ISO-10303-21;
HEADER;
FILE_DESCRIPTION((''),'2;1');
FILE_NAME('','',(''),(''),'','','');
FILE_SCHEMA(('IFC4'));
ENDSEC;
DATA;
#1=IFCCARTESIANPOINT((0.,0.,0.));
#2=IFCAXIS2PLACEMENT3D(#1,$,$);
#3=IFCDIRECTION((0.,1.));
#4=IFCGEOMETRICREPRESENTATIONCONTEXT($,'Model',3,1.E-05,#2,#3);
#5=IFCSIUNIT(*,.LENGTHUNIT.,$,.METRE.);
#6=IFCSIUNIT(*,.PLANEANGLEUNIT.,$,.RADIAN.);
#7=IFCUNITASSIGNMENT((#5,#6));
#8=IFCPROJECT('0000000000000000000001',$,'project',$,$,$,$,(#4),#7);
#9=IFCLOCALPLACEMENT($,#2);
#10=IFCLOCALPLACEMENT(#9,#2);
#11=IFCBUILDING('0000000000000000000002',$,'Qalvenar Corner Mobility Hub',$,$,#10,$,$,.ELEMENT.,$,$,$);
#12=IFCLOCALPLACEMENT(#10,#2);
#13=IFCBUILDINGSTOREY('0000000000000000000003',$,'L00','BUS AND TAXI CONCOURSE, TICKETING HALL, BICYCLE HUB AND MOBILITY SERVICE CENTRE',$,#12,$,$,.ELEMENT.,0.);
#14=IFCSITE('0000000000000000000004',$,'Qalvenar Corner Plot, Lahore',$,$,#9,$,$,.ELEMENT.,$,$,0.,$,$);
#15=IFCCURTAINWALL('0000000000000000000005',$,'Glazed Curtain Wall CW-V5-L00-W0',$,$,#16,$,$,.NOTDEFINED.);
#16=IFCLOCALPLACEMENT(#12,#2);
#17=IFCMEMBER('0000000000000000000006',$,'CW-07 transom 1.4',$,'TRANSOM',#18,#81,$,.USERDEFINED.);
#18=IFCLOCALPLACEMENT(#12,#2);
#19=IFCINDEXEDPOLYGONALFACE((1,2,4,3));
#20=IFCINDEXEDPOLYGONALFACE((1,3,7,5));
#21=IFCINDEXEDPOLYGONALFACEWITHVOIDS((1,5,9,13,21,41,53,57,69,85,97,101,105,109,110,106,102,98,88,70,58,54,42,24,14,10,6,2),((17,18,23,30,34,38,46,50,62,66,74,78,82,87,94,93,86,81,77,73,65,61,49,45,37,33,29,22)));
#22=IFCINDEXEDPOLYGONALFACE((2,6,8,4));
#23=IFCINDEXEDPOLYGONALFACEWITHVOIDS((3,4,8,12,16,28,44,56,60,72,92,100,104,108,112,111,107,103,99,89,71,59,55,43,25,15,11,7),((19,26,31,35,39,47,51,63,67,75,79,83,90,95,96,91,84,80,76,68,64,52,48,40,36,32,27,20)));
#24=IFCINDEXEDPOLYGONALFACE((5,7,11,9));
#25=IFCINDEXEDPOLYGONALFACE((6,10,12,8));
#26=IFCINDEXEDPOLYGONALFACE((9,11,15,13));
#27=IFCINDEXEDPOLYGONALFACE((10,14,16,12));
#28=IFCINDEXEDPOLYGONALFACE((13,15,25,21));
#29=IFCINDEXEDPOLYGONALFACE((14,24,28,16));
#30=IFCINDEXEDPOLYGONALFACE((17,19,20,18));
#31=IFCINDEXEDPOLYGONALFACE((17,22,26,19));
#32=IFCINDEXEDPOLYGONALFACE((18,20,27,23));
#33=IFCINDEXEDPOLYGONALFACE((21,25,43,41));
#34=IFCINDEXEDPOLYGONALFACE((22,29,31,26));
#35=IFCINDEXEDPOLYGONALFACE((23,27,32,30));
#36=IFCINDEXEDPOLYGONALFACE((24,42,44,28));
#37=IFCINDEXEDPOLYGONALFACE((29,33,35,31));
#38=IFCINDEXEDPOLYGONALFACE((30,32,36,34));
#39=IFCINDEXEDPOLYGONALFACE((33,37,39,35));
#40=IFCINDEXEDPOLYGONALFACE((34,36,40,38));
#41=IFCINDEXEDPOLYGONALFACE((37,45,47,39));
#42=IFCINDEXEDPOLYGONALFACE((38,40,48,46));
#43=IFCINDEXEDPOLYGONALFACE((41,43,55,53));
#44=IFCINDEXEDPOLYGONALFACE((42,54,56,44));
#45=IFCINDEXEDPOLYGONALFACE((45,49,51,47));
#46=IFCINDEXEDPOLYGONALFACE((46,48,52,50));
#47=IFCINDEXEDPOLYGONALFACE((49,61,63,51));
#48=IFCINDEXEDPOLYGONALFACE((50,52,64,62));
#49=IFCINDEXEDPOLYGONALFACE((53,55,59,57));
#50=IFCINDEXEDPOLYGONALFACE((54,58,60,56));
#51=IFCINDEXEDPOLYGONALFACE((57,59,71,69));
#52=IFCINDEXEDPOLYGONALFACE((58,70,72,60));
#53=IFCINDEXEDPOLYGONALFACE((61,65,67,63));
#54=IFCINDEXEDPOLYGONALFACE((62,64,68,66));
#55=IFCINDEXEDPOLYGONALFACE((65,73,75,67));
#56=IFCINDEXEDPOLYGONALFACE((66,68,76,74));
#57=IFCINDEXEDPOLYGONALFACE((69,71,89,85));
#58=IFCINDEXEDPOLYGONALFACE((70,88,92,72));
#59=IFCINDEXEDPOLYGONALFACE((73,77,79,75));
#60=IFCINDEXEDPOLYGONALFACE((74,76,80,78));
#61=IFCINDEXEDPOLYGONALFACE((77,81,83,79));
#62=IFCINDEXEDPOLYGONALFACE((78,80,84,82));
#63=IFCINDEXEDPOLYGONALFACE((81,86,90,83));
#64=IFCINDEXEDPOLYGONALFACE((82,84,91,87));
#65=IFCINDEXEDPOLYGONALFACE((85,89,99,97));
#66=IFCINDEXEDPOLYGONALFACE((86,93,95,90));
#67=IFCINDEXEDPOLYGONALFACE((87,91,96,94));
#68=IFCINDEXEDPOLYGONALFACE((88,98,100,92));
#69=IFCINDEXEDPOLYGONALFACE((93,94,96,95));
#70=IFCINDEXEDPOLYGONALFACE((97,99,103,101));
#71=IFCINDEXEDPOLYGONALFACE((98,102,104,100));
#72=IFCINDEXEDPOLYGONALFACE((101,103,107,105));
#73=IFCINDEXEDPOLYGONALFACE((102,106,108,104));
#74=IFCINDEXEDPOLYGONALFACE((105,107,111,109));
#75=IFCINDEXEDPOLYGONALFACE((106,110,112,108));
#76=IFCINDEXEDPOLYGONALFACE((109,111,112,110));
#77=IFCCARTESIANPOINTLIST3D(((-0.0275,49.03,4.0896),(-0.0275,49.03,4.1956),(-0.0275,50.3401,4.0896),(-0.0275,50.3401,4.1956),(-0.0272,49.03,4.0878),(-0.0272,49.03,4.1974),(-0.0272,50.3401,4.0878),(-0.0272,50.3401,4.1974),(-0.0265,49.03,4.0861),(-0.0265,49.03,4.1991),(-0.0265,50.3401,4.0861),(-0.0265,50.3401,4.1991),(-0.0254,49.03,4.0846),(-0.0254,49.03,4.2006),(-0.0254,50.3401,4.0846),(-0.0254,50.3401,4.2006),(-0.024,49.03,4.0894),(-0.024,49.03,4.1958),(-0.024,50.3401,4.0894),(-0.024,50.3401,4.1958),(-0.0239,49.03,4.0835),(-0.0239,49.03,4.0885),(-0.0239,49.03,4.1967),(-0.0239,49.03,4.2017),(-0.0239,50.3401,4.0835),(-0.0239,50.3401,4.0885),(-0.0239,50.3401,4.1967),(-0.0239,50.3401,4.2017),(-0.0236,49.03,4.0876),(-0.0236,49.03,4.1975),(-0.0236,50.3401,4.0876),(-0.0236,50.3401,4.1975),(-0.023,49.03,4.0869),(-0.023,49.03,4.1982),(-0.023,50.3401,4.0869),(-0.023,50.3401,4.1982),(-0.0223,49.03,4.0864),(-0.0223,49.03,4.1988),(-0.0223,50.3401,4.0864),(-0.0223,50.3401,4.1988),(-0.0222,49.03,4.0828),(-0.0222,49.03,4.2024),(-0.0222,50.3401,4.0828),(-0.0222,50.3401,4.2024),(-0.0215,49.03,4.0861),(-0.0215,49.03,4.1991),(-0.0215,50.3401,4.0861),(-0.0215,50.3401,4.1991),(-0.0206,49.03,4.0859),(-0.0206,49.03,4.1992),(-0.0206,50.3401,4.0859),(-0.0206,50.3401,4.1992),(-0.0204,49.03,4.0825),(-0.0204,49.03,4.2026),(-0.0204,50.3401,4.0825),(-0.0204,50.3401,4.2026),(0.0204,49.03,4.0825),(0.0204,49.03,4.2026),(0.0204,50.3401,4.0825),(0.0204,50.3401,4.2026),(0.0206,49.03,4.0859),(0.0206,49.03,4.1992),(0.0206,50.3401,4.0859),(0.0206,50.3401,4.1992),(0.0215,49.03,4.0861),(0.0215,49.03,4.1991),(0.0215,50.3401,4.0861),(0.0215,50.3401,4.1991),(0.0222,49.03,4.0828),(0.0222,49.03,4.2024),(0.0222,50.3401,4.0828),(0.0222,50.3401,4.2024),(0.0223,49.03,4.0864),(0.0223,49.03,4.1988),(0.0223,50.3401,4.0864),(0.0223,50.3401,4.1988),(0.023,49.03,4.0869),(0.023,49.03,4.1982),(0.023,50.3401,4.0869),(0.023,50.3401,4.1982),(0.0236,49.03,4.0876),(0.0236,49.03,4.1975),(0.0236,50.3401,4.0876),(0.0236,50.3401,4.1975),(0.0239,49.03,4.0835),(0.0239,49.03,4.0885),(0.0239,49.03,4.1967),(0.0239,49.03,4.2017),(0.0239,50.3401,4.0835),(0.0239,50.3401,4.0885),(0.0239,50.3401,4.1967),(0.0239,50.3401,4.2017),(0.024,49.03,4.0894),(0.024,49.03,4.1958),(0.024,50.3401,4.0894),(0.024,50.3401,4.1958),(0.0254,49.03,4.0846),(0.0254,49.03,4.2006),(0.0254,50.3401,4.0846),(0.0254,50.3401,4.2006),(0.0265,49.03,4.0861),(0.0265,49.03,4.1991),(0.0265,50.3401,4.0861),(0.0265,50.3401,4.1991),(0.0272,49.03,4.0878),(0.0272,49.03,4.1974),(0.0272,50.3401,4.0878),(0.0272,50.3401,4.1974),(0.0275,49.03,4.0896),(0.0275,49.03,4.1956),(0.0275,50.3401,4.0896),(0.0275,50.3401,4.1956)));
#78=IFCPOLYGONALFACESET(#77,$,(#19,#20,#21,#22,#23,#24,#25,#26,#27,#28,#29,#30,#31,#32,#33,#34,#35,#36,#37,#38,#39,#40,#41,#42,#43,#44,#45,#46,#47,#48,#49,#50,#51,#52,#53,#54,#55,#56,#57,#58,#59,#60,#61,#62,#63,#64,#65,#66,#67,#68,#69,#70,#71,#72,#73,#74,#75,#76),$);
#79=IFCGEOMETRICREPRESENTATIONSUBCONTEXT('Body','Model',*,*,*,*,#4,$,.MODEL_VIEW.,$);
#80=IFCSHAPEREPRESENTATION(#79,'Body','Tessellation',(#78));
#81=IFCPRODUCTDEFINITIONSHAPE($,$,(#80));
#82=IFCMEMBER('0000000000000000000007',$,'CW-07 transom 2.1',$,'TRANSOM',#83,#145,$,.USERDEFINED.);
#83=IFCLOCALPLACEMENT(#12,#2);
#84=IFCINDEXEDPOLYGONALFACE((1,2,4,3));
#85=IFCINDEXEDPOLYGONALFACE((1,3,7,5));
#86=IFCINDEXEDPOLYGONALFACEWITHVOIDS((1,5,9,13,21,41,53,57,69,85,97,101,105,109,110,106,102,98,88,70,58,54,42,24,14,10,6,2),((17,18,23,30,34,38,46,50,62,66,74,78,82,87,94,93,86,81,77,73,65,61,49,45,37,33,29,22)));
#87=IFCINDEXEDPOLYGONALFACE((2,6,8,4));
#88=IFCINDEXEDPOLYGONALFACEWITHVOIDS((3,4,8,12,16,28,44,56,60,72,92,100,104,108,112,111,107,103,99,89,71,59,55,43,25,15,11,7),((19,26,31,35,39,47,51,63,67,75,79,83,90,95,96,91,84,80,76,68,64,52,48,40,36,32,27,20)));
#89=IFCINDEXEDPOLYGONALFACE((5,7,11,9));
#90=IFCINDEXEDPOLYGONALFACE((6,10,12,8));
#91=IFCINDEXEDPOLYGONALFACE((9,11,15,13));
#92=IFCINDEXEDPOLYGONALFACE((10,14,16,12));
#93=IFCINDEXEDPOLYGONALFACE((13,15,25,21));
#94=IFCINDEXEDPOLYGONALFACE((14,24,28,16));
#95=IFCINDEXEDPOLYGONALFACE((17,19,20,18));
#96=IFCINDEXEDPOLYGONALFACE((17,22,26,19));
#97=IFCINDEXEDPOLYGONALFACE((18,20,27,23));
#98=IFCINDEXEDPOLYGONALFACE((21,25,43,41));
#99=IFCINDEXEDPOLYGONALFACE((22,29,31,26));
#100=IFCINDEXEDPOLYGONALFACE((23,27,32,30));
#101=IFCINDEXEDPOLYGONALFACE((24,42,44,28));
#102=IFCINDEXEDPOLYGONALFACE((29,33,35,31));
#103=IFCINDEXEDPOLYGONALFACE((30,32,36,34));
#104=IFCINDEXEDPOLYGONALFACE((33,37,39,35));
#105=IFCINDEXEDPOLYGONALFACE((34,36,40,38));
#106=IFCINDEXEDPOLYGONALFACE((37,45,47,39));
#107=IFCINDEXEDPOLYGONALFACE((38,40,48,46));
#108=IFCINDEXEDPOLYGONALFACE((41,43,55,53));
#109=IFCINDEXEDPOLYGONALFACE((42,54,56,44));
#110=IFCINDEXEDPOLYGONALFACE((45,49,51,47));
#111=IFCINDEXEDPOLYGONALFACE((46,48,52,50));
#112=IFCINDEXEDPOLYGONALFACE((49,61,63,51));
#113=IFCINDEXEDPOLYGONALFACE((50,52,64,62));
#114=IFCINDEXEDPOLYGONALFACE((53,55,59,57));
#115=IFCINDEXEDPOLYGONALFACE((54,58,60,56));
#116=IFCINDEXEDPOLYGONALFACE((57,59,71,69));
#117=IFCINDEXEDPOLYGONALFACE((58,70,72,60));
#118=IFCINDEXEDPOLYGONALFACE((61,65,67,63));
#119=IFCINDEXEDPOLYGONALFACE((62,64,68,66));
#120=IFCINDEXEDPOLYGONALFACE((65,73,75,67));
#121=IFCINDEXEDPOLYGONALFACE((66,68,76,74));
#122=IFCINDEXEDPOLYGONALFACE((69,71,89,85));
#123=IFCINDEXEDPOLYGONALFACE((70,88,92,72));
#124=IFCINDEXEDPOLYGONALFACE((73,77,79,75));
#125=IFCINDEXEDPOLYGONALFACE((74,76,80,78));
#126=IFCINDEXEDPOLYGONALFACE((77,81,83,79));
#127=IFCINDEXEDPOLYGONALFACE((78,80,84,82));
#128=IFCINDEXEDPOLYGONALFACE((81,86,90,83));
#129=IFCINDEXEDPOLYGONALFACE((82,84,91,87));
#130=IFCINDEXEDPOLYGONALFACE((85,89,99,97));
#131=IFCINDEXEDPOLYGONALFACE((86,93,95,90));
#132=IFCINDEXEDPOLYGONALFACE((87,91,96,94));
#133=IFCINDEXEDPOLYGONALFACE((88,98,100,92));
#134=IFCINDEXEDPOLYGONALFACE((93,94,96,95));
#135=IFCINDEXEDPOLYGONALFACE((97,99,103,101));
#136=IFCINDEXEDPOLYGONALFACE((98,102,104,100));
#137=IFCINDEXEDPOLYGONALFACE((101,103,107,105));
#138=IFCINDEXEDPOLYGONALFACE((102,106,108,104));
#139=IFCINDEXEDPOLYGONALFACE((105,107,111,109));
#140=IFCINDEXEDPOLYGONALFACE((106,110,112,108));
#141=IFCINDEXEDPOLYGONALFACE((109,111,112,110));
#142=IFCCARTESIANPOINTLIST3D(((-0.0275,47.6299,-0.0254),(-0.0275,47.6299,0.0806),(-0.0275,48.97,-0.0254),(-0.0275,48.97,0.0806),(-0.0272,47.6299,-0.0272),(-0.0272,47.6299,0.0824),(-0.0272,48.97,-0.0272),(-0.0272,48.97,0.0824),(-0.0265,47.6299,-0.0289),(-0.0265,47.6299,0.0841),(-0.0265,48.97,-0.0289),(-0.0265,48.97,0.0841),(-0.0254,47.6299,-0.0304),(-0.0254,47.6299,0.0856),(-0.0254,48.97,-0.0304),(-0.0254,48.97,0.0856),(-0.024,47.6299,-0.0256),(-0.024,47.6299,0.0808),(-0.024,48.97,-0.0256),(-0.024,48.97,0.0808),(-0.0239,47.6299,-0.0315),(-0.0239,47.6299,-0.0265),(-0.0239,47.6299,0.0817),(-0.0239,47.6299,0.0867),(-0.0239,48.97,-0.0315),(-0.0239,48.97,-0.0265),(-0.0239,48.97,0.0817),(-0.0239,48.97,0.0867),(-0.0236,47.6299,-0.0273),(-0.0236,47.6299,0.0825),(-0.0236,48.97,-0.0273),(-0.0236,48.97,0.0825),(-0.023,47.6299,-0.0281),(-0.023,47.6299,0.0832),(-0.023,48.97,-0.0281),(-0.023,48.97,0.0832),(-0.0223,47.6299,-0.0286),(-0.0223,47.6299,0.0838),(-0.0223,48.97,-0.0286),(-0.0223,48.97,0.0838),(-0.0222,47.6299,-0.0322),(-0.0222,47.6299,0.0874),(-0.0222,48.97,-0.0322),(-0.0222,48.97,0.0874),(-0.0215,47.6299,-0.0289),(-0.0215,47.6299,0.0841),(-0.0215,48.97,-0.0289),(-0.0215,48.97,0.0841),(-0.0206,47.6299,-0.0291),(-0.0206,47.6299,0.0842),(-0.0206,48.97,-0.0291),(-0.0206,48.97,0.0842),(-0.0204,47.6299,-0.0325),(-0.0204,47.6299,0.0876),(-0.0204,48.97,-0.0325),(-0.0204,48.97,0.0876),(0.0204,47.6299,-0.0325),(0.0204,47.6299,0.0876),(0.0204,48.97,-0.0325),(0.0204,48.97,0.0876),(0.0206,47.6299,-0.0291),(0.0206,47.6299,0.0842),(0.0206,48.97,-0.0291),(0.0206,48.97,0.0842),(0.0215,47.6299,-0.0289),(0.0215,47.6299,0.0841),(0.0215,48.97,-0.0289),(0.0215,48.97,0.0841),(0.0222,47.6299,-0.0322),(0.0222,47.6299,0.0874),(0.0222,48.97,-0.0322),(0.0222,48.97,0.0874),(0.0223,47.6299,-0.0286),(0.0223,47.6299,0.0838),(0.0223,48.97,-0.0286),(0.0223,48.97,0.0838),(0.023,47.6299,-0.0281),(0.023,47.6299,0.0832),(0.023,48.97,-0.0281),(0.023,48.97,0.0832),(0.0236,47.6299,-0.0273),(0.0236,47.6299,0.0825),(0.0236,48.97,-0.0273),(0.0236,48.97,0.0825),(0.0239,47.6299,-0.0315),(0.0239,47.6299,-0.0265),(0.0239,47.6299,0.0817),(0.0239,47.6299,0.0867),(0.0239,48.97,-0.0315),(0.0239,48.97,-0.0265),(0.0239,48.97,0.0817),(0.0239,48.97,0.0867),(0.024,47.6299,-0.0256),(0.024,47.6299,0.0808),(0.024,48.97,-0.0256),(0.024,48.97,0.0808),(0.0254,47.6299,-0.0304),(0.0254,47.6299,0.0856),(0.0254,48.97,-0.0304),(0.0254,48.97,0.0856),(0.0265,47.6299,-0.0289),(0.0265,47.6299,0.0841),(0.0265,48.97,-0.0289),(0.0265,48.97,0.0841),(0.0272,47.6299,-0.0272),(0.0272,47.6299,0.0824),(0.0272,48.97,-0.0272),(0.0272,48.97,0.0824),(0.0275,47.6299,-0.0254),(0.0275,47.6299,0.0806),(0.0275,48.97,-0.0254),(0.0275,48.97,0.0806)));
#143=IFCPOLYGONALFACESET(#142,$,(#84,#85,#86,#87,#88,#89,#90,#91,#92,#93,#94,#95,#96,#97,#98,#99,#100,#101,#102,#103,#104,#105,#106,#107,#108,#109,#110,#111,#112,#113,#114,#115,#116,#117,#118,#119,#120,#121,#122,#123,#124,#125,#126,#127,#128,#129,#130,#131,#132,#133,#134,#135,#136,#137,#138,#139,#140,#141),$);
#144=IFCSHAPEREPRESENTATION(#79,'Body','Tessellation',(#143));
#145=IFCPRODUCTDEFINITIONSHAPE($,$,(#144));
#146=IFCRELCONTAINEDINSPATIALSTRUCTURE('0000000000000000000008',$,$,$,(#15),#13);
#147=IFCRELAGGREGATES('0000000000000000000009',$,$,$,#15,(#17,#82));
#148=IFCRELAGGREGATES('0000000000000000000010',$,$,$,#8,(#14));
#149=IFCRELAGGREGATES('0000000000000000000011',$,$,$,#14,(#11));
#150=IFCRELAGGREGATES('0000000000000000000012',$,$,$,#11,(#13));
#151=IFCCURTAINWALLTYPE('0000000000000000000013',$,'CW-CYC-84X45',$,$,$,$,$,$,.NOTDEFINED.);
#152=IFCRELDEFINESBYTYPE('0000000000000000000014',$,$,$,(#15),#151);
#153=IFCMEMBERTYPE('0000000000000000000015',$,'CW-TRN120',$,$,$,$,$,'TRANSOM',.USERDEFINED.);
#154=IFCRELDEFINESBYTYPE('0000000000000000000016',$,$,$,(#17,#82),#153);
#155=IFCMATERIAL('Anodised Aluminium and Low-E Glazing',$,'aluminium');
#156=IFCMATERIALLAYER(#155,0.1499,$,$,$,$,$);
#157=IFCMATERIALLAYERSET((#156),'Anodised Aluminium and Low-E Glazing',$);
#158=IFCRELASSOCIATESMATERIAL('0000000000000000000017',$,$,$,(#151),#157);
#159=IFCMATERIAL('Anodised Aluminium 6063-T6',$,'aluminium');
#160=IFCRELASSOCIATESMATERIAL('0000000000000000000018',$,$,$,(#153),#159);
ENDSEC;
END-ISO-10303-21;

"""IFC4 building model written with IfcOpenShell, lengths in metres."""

from ifc_helpers import new_model, si_unit, direction, frame, origin, origin_2d, place, context, subcontext, project, spatial, hollow_rectangle, extrude, material, layer, layer_set, material_profile, profile_set, type_object, element, aggregate, save


model = new_model("IFC4")

# Units and contexts
model_context = context("Model", 3, precision=1e-05, world=origin(), true_north=direction((0.0, 1.0)))
body_context = subcontext(model_context, "Body", "Model", "MODEL_VIEW")
ifc_project = project(units=[si_unit("LENGTHUNIT", "METRE"), si_unit("PLANEANGLEUNIT", "RADIAN")], contexts=[model_context])

# Site, building, storey
site_placement = place(None, origin())
site = spatial("IfcSite", under=ifc_project, at=site_placement, Name="Qalvenar Corner Plot, Lahore", CompositionType="ELEMENT", RefElevation=0.0)
building_placement = place(site_placement, origin())
building = spatial("IfcBuilding", under=site, at=building_placement, Name="Qalvenar Corner Mobility Hub", CompositionType="ELEMENT")
storey_placement = place(building_placement, origin())
storey = spatial("IfcBuildingStorey", under=building, at=storey_placement, Name="L00", Description="BUS AND TAXI CONCOURSE, TICKETING HALL, BICYCLE HUB AND MOBILITY SERVICE CENTRE", CompositionType="ELEMENT", Elevation=0.0)

# Curtain wall
ifc_material_1 = material(Name="Anodised Aluminium and Low-E Glazing", Category="aluminium")
ifc_layer_1 = layer(ifc_material_1, 0.1499)
ifc_layer_set_1 = layer_set([ifc_layer_1], Name="Anodised Aluminium and Low-E Glazing")
curtain_wall_type = type_object("IfcCurtainWallType", Name="CW-CYC-84X45", PredefinedType="NOTDEFINED", material=ifc_layer_set_1)
curtain_wall_1_placement = place(storey_placement, origin())
curtain_wall_1 = element("IfcCurtainWall", 1, at=curtain_wall_1_placement, inside=storey, type_object=curtain_wall_type, Name="Glazed Curtain Wall CW-V5-L00-W0", PredefinedType="NOTDEFINED")
ifc_material_2 = material(Name="Anodised Aluminium 6063-T6", Category="aluminium")

# Members
ifc_material_profile_1 = material_profile(ifc_material_2, hollow_rectangle(XDim=0.0549, YDim=0.1201, WallThickness=0.0034, InnerFilletRadius=0.0034, OuterFilletRadius=0.0071, at=origin_2d()), Name="RHS120x55x3.5")
ifc_profile_set_1 = profile_set([ifc_material_profile_1], Name="Anodised Aluminium 6063-T6")
member_type_1 = type_object("IfcMemberType", Name="CW-TRN120", ElementType="TRANSOM", PredefinedType="USERDEFINED", material=ifc_profile_set_1)
member_1_placement = place(storey_placement, frame((0.0, 50.3401, 4.1426), z_axis=(0.0, -1.0, 0.0), x_axis=(1.0, 0.0, 0.0)))
member_1 = element("IfcMember", 2, at=member_1_placement, type_object=member_type_1, Name="CW-07 transom 1.4", ObjectType="TRANSOM", PredefinedType="USERDEFINED", context=body_context, shape_type="SweptSolid", body=[
    extrude(hollow_rectangle(XDim=0.0549, YDim=0.1201, WallThickness=0.0034, InnerFilletRadius=0.0034, OuterFilletRadius=0.0071, at=origin_2d()), origin(), (0.0, 0.0, 1.0), 1.3101),
])
member_2_placement = place(storey_placement, frame((0.0, 48.97, 0.0276), z_axis=(0.0, -1.0, 0.0), x_axis=(1.0, 0.0, 0.0)))
member_2 = element("IfcMember", 3, at=member_2_placement, type_object=member_type_1, Name="CW-07 transom 2.1", ObjectType="TRANSOM", PredefinedType="USERDEFINED", context=body_context, shape_type="SweptSolid", body=[
    extrude(hollow_rectangle(XDim=0.0549, YDim=0.1201, WallThickness=0.0034, InnerFilletRadius=0.0034, OuterFilletRadius=0.0071, at=origin_2d()), origin(), (0.0, 0.0, 1.0), 1.3401),
])

aggregate(curtain_wall_1, [member_1, member_2])

save(model, "model.ifc")
